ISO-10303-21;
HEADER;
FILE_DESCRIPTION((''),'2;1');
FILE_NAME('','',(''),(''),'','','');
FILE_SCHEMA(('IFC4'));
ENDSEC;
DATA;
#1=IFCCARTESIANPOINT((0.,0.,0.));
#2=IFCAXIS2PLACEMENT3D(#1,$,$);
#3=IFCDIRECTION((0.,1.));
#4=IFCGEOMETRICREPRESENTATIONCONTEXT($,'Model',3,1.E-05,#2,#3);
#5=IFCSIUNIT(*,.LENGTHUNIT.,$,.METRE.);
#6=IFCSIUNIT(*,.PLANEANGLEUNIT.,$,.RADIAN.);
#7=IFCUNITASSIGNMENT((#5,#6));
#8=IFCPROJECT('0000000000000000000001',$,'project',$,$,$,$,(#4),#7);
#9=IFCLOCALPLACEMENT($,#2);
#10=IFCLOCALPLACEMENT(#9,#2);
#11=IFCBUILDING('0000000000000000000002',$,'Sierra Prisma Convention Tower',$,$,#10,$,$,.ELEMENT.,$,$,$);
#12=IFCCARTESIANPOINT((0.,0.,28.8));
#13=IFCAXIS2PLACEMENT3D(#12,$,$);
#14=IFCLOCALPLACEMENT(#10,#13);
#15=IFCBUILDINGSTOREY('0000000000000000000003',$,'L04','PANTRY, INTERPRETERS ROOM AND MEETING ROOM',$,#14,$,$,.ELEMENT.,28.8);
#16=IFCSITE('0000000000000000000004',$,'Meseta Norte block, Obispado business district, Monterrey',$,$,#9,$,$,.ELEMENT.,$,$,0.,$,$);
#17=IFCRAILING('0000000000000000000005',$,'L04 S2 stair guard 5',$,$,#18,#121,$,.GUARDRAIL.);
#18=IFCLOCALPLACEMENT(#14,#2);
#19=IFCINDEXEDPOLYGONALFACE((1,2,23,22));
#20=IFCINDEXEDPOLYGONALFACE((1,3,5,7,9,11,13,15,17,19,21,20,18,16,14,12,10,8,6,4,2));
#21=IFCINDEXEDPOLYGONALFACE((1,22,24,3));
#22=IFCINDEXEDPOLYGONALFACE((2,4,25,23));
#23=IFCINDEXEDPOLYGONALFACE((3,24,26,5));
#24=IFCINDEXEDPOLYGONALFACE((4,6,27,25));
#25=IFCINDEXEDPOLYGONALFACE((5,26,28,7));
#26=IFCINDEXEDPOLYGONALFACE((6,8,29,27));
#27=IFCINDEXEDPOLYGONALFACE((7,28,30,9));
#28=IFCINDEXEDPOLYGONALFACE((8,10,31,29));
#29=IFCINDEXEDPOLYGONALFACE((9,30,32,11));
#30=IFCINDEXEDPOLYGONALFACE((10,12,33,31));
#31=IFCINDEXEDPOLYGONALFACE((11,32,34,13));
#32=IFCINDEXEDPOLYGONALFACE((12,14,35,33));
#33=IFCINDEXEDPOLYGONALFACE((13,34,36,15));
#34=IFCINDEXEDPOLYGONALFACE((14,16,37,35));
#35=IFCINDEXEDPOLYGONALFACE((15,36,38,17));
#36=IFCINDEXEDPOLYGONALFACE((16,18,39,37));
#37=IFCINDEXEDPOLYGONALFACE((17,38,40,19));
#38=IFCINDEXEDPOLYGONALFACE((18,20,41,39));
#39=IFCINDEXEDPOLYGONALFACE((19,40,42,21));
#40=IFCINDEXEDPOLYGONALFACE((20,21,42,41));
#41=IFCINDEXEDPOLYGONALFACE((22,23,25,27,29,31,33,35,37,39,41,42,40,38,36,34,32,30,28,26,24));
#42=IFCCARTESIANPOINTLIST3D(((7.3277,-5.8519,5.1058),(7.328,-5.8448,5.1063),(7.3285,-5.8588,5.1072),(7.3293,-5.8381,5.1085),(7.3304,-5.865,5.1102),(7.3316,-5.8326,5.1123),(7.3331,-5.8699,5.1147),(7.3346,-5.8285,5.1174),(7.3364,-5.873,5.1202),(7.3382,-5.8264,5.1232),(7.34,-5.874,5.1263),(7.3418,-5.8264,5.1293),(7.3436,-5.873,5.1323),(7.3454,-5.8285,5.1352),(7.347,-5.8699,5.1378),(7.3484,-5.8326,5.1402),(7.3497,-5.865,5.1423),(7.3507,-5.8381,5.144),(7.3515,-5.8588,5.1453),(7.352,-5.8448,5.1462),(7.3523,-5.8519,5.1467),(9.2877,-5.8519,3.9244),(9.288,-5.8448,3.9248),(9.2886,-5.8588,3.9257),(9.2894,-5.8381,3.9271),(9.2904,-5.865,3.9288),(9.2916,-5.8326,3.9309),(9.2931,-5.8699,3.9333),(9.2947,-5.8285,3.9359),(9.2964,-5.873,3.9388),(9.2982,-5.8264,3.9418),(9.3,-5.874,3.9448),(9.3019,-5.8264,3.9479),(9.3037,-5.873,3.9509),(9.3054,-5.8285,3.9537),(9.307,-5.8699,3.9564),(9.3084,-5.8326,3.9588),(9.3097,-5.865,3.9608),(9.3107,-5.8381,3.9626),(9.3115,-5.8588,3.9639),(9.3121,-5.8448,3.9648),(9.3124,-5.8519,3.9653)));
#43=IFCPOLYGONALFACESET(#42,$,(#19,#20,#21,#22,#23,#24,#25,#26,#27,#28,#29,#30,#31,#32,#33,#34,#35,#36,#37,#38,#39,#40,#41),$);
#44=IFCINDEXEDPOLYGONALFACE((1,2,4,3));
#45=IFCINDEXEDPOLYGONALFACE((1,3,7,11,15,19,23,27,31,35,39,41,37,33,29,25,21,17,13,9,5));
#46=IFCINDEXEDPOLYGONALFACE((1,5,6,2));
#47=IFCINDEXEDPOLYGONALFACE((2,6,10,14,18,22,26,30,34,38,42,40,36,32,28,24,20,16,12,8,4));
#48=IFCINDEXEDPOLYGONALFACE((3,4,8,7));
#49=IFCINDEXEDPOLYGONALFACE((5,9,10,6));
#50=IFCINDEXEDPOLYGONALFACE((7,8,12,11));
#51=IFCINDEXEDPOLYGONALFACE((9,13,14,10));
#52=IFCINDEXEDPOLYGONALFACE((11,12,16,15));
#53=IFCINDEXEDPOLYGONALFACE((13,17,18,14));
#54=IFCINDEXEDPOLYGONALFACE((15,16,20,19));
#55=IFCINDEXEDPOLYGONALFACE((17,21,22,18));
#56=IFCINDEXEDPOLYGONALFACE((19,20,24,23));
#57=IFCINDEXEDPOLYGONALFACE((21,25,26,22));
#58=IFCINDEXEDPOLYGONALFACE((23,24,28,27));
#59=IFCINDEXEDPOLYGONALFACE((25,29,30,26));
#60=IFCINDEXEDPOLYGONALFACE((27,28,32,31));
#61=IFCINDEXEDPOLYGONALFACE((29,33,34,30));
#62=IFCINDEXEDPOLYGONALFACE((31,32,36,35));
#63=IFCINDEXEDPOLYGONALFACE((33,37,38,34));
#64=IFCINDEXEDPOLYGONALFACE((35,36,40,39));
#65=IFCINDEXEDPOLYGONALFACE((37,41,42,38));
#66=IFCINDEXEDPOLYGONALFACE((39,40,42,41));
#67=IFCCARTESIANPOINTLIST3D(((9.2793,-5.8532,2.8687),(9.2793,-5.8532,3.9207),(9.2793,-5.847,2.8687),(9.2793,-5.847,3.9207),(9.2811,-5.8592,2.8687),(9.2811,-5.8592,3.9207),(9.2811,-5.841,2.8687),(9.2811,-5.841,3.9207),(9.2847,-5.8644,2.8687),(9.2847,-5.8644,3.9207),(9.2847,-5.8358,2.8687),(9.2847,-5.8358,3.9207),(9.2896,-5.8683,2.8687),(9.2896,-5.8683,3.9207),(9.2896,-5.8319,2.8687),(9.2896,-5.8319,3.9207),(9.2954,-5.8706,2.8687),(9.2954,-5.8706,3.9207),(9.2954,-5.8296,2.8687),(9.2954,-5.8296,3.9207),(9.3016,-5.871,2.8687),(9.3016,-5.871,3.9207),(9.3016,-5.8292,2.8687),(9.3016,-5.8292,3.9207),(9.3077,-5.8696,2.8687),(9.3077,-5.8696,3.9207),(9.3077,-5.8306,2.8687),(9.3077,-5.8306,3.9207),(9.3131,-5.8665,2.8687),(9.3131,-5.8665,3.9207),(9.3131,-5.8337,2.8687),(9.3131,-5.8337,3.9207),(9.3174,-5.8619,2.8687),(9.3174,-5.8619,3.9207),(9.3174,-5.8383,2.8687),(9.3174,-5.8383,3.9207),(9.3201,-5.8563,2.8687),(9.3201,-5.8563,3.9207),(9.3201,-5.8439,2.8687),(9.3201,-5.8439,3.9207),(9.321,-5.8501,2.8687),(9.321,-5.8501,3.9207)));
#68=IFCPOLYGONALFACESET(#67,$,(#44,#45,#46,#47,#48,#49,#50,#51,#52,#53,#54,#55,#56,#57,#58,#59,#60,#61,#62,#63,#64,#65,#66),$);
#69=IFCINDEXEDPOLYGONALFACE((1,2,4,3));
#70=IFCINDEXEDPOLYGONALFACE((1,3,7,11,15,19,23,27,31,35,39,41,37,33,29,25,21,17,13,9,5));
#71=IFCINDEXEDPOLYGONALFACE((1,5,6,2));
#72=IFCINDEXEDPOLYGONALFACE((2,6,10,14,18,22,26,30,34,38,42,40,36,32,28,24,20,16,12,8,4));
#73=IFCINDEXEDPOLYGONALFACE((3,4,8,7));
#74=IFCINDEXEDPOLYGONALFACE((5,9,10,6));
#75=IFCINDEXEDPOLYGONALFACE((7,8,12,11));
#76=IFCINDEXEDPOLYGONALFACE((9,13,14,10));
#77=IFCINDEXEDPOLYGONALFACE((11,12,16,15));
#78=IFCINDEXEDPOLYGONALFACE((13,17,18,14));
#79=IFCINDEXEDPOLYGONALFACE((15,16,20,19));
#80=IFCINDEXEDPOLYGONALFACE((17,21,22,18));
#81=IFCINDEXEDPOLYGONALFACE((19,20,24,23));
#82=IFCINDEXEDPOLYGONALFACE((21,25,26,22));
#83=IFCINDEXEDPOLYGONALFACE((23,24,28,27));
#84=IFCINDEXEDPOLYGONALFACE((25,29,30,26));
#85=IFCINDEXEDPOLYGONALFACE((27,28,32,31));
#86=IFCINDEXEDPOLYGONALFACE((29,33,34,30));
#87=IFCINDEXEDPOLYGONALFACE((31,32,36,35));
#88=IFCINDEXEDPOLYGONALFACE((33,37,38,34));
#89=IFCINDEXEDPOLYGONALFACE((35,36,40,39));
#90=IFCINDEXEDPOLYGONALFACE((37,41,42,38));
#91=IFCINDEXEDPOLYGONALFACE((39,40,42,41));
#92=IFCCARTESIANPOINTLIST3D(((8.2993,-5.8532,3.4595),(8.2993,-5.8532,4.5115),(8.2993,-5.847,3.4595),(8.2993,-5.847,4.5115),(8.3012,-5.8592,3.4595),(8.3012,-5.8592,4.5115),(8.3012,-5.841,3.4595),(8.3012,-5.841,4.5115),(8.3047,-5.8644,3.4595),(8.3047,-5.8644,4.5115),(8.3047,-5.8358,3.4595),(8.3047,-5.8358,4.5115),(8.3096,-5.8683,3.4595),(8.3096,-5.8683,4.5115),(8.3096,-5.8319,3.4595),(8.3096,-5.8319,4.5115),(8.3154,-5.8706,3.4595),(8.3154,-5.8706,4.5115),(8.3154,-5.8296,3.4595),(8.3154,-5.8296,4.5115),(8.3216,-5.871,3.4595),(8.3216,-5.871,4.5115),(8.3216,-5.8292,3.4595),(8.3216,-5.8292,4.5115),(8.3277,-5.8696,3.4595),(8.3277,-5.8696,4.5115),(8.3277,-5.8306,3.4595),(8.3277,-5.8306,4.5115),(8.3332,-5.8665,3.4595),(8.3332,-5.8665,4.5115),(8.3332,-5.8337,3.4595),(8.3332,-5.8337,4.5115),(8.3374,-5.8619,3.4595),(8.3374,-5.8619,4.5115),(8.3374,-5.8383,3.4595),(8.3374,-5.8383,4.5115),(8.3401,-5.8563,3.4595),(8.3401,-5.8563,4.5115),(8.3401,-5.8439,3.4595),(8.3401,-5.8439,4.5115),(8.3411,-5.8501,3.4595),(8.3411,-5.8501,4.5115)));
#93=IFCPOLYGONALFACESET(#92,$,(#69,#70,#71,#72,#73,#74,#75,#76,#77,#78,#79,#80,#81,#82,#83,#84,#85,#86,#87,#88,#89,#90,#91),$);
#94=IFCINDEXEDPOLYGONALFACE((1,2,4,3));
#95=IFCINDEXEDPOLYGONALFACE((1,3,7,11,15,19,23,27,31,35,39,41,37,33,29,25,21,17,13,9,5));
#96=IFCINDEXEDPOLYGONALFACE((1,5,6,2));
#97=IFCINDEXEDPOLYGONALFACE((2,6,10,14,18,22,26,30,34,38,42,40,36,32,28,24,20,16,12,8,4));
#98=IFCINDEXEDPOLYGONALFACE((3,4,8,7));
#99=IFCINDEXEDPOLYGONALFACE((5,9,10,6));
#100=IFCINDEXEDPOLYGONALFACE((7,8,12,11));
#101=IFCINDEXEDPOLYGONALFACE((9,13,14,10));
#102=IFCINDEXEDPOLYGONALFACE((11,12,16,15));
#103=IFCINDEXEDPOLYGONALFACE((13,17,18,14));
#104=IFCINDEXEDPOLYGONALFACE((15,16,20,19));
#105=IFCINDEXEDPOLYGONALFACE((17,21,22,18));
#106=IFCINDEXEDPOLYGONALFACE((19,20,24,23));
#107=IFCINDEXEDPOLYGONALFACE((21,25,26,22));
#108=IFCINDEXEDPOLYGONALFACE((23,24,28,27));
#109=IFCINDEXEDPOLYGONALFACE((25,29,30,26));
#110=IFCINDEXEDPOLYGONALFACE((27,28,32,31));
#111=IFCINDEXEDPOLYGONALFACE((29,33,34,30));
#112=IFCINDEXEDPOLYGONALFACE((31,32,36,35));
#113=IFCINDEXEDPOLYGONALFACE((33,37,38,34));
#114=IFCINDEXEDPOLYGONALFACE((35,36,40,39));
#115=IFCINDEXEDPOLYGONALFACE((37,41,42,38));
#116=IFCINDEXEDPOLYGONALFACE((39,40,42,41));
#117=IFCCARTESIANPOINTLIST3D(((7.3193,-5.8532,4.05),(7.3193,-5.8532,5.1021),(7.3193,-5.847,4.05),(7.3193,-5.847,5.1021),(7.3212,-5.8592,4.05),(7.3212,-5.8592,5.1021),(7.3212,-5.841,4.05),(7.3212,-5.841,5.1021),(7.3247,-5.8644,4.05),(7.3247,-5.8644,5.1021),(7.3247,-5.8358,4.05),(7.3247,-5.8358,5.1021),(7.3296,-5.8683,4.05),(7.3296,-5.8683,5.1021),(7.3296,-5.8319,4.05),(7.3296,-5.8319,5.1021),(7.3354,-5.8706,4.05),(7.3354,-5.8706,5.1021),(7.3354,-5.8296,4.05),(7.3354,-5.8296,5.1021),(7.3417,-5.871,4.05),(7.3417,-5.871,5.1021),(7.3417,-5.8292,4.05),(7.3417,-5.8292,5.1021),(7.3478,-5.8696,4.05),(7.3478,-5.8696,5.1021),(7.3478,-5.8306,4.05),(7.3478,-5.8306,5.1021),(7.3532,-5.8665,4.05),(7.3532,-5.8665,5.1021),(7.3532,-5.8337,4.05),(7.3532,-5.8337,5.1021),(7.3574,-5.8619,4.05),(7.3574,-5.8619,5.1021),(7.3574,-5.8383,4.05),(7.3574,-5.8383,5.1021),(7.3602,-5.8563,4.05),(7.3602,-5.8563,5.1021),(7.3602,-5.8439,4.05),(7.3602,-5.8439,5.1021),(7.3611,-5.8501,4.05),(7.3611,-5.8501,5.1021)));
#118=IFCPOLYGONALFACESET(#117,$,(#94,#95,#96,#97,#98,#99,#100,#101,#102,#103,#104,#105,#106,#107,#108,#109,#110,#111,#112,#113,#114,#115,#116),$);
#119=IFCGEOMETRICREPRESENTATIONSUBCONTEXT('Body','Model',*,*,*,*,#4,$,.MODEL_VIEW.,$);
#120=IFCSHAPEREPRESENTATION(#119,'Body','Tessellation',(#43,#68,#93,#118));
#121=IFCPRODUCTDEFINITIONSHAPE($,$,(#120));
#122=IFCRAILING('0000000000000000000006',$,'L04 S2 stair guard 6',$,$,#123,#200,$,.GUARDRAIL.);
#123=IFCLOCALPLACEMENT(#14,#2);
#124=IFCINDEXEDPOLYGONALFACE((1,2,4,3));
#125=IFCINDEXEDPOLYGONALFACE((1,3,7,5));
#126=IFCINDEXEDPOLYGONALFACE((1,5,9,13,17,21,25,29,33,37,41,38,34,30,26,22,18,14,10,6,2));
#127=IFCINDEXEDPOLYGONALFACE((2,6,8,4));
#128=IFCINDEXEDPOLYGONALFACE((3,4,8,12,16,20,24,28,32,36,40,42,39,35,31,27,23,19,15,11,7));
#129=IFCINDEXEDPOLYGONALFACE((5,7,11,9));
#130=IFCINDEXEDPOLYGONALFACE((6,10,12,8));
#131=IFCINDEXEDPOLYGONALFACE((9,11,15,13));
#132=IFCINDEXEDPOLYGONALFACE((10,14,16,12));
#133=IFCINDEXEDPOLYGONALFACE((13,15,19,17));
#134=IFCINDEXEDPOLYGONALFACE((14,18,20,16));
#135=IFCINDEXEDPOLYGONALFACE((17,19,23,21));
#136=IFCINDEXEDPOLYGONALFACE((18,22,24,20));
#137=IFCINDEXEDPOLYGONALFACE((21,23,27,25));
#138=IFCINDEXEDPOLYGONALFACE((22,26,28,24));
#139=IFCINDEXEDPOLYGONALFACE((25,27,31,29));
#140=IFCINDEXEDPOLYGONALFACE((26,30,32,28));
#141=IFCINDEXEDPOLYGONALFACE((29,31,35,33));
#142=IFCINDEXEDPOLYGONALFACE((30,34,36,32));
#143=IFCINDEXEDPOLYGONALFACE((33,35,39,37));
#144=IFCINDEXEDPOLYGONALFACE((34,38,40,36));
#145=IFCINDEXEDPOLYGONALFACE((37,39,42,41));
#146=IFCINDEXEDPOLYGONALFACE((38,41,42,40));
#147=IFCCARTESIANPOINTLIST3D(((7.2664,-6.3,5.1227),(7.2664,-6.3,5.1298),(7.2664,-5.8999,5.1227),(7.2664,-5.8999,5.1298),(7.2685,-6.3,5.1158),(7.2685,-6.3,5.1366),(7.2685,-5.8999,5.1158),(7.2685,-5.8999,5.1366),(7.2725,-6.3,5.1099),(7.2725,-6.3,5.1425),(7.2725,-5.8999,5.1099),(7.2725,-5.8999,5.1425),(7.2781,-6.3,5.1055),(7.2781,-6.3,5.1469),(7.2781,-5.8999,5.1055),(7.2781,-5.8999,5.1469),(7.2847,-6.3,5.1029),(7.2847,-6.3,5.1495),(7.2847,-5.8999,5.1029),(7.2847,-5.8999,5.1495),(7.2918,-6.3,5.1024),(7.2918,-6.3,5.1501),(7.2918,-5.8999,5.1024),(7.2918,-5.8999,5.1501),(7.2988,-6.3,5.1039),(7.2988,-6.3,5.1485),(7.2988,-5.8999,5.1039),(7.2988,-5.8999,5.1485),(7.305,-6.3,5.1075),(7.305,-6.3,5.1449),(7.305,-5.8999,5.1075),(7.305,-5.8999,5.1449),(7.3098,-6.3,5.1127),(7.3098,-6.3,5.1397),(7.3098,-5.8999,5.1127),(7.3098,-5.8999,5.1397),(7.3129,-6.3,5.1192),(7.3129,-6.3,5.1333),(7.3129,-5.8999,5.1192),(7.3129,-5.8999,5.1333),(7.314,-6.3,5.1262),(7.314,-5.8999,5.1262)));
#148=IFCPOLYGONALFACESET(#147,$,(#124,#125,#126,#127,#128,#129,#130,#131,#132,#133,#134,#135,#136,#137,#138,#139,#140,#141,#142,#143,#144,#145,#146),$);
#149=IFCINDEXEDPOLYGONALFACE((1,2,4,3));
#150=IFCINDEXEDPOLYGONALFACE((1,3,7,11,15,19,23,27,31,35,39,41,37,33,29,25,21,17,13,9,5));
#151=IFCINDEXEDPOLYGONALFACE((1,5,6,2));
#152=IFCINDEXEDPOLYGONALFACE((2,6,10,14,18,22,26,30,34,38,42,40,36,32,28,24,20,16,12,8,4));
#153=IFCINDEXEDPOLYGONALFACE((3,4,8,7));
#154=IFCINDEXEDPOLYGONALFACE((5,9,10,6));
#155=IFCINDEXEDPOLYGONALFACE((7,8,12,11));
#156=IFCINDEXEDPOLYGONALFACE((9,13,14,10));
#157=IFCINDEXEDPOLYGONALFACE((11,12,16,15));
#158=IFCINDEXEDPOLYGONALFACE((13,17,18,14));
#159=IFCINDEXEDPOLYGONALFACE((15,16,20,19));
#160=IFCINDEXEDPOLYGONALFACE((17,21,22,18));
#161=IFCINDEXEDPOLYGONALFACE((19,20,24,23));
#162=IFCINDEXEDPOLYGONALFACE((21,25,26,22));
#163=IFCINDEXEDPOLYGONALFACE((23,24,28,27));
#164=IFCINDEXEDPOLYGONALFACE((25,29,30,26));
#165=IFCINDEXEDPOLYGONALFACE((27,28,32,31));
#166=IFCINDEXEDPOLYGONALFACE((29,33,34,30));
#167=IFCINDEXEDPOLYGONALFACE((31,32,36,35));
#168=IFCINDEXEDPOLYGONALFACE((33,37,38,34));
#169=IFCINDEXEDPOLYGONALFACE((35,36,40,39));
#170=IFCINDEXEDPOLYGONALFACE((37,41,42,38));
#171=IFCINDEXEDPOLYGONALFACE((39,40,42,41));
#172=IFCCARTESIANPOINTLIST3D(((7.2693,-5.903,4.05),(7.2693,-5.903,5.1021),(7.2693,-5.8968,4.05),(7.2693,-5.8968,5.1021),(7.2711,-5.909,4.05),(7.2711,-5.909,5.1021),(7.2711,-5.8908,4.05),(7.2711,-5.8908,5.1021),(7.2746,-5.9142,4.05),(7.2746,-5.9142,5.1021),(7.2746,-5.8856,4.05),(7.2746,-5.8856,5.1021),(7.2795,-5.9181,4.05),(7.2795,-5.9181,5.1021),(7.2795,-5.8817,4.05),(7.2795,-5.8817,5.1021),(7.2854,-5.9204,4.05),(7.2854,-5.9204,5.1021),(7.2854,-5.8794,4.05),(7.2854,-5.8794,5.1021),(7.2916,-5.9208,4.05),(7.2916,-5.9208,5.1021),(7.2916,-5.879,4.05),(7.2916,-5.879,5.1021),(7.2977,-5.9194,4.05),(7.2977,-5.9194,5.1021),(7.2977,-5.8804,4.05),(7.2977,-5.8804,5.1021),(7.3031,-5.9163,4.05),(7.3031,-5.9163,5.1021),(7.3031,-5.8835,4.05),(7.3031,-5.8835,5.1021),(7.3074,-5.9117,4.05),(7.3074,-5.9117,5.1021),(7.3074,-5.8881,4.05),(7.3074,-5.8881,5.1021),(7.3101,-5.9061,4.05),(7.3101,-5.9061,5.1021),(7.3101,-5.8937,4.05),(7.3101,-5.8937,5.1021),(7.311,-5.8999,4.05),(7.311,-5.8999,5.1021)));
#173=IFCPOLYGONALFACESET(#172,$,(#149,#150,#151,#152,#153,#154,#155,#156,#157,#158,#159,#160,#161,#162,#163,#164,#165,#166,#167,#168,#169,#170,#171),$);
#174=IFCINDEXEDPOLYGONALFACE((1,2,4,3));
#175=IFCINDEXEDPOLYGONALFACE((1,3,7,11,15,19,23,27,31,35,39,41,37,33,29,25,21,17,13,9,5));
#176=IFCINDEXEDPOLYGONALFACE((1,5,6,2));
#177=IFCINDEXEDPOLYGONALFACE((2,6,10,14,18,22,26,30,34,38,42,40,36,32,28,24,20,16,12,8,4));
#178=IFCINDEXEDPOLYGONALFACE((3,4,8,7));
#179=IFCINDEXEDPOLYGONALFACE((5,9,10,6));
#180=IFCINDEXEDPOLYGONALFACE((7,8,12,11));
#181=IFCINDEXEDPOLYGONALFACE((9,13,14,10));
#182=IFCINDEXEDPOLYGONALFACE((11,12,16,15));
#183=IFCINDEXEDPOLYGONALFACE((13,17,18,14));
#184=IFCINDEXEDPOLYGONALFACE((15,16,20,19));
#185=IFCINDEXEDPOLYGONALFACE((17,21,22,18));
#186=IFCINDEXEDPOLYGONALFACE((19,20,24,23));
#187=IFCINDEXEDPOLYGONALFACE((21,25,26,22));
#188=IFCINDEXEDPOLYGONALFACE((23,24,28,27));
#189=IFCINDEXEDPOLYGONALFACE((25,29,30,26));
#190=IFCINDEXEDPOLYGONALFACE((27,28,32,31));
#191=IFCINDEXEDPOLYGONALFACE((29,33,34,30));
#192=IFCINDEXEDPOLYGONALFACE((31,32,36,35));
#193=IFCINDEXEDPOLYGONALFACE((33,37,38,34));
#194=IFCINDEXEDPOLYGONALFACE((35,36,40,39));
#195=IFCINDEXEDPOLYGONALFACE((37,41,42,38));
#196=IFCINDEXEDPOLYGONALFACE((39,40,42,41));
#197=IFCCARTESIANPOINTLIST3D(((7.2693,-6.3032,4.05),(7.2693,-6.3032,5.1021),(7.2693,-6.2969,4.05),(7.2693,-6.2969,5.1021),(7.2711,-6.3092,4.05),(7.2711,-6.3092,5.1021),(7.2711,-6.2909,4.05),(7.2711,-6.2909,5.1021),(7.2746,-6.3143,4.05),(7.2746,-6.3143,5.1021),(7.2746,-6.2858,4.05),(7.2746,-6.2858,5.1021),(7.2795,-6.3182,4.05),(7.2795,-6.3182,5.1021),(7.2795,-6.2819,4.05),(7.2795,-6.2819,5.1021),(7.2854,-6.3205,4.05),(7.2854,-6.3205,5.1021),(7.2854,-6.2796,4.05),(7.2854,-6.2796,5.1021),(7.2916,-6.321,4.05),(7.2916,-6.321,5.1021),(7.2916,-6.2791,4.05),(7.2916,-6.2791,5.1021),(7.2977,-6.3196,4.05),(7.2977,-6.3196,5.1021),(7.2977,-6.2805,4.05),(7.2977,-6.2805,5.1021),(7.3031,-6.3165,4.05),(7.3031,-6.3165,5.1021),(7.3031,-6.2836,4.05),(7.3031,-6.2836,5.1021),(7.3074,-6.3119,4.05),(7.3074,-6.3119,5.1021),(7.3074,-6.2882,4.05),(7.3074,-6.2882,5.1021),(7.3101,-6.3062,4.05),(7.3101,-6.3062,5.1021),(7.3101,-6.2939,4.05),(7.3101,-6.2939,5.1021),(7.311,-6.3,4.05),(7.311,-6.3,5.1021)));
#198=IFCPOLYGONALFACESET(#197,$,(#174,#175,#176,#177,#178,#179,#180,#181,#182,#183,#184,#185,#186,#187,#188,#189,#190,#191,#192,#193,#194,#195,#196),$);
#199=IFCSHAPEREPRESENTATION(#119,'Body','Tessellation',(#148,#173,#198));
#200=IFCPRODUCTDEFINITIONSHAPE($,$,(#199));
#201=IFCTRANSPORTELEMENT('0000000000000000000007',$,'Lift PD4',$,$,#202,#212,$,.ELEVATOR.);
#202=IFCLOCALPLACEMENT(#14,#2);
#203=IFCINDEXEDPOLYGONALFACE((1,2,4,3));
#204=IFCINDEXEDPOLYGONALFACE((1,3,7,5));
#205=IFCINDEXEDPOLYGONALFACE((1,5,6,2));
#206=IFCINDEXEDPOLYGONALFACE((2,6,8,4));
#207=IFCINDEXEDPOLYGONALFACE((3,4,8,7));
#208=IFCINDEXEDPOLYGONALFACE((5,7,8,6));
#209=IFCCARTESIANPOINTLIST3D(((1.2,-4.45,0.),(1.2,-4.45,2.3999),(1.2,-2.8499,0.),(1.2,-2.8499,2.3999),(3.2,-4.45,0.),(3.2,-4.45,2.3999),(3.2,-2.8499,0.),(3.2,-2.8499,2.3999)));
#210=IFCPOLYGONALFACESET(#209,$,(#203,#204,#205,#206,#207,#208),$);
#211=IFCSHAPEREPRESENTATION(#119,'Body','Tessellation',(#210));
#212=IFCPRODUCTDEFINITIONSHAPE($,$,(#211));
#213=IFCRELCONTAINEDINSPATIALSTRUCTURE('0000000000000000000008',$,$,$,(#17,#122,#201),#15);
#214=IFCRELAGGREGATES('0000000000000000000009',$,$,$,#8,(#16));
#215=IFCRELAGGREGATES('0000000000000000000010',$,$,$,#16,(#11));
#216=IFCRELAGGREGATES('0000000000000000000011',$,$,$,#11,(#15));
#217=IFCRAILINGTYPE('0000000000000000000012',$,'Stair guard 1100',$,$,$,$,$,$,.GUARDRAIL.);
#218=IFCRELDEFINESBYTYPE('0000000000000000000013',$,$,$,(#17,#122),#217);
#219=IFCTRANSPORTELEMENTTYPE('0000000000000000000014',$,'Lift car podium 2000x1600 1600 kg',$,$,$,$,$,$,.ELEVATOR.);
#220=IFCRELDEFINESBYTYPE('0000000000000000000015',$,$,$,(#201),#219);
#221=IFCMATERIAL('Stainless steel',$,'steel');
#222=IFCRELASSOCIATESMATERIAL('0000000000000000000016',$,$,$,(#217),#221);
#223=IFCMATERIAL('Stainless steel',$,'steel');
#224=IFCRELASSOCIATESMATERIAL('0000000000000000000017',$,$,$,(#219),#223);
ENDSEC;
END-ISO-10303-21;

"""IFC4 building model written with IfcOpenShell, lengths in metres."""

from ifc_helpers import new_model, si_unit, direction, frame, origin, origin_2d, place, context, subcontext, project, spatial, rectangle, circle, extrude, material, type_object, element, save


model = new_model("IFC4")

# Units and contexts
model_context = context("Model", 3, precision=1e-05, world=origin(), true_north=direction((0.0, 1.0)))
body_context = subcontext(model_context, "Body", "Model", "MODEL_VIEW")
ifc_project = project(units=[si_unit("LENGTHUNIT", "METRE"), si_unit("PLANEANGLEUNIT", "RADIAN")], contexts=[model_context])

# Site, building, storey
site_placement = place(None, origin())
site = spatial("IfcSite", under=ifc_project, at=site_placement, Name="Meseta Norte block, Obispado business district, Monterrey", CompositionType="ELEMENT", RefElevation=0.0)
building_placement = place(site_placement, origin())
building = spatial("IfcBuilding", under=site, at=building_placement, Name="Sierra Prisma Convention Tower", CompositionType="ELEMENT")
storey_placement = place(building_placement, frame((0.0, 0.0, 28.8)))
storey = spatial("IfcBuildingStorey", under=building, at=storey_placement, Name="L04", Description="PANTRY, INTERPRETERS ROOM AND MEETING ROOM", CompositionType="ELEMENT", Elevation=28.8)

# Railings
ifc_material_1 = material(Name="Stainless steel", Category="steel")
railing_type = type_object("IfcRailingType", Name="Stair guard 1100", PredefinedType="GUARDRAIL", material=ifc_material_1)
railing_1_placement = place(storey_placement, frame((9.3, -5.8501, 2.8687)))
element("IfcRailing", 1, at=railing_1_placement, inside=storey, type_object=railing_type, Name="L04 S2 stair guard 5", PredefinedType="GUARDRAIL", context=body_context, shape_type="SweptSolid", body=[
    extrude(circle(Radius=0.0239, at=origin_2d()), frame((0.0, 0.0, 1.0762), z_axis=(-0.856446, 0.0, 0.516236), x_axis=(0.0, -1.0, 0.0)), (0.0, 0.0, 1.0), 2.2886),
    extrude(circle(Radius=0.021, at=origin_2d()), origin(), (0.0, 0.0, 1.0), 1.052),
    extrude(circle(Radius=0.021, at=origin_2d()), frame((-0.98, 0.0, 0.5908)), (0.0, 0.0, 1.0), 1.052),
    extrude(circle(Radius=0.021, at=origin_2d()), frame((-1.96, 0.0, 1.1814)), (0.0, 0.0, 1.0), 1.052),
])
railing_2_placement = place(storey_placement, frame((7.29, -5.8999, 4.05)))
element("IfcRailing", 2, at=railing_2_placement, inside=storey, type_object=railing_type, Name="L04 S2 stair guard 6", PredefinedType="GUARDRAIL", context=body_context, shape_type="SweptSolid", body=[
    extrude(circle(Radius=0.0239, at=origin_2d()), frame((0.0, 0.0, 1.0762), z_axis=(0.0, -1.0, 0.0), x_axis=(1.0, 0.0, 0.0)), (0.0, 0.0, 1.0), 0.4001),
    extrude(circle(Radius=0.021, at=origin_2d()), origin(), (0.0, 0.0, 1.0), 1.052),
    extrude(circle(Radius=0.021, at=origin_2d()), frame((0.0, -0.4001, 0.0)), (0.0, 0.0, 1.0), 1.052),
])

# Transport element
ifc_material_2 = material(Name="Stainless steel", Category="steel")
transport_element_type = type_object("IfcTransportElementType", Name="Lift car podium 2000x1600 1600 kg", PredefinedType="ELEVATOR", material=ifc_material_2)
transport_element_placement = place(storey_placement, frame((2.2, -3.6499, 0.0), z_axis=(0.0, 0.0, 1.0), x_axis=(1.0, 0.0, 0.0)))
element("IfcTransportElement", 3, at=transport_element_placement, inside=storey, type_object=transport_element_type, Name="Lift PD4", PredefinedType="ELEVATOR", context=body_context, shape_type="SweptSolid", body=[
    extrude(rectangle(XDim=2.0, YDim=1.6001, at=origin_2d()), origin(), (0.0, 0.0, 1.0), 2.3999),
])

save(model, "model.ifc")
